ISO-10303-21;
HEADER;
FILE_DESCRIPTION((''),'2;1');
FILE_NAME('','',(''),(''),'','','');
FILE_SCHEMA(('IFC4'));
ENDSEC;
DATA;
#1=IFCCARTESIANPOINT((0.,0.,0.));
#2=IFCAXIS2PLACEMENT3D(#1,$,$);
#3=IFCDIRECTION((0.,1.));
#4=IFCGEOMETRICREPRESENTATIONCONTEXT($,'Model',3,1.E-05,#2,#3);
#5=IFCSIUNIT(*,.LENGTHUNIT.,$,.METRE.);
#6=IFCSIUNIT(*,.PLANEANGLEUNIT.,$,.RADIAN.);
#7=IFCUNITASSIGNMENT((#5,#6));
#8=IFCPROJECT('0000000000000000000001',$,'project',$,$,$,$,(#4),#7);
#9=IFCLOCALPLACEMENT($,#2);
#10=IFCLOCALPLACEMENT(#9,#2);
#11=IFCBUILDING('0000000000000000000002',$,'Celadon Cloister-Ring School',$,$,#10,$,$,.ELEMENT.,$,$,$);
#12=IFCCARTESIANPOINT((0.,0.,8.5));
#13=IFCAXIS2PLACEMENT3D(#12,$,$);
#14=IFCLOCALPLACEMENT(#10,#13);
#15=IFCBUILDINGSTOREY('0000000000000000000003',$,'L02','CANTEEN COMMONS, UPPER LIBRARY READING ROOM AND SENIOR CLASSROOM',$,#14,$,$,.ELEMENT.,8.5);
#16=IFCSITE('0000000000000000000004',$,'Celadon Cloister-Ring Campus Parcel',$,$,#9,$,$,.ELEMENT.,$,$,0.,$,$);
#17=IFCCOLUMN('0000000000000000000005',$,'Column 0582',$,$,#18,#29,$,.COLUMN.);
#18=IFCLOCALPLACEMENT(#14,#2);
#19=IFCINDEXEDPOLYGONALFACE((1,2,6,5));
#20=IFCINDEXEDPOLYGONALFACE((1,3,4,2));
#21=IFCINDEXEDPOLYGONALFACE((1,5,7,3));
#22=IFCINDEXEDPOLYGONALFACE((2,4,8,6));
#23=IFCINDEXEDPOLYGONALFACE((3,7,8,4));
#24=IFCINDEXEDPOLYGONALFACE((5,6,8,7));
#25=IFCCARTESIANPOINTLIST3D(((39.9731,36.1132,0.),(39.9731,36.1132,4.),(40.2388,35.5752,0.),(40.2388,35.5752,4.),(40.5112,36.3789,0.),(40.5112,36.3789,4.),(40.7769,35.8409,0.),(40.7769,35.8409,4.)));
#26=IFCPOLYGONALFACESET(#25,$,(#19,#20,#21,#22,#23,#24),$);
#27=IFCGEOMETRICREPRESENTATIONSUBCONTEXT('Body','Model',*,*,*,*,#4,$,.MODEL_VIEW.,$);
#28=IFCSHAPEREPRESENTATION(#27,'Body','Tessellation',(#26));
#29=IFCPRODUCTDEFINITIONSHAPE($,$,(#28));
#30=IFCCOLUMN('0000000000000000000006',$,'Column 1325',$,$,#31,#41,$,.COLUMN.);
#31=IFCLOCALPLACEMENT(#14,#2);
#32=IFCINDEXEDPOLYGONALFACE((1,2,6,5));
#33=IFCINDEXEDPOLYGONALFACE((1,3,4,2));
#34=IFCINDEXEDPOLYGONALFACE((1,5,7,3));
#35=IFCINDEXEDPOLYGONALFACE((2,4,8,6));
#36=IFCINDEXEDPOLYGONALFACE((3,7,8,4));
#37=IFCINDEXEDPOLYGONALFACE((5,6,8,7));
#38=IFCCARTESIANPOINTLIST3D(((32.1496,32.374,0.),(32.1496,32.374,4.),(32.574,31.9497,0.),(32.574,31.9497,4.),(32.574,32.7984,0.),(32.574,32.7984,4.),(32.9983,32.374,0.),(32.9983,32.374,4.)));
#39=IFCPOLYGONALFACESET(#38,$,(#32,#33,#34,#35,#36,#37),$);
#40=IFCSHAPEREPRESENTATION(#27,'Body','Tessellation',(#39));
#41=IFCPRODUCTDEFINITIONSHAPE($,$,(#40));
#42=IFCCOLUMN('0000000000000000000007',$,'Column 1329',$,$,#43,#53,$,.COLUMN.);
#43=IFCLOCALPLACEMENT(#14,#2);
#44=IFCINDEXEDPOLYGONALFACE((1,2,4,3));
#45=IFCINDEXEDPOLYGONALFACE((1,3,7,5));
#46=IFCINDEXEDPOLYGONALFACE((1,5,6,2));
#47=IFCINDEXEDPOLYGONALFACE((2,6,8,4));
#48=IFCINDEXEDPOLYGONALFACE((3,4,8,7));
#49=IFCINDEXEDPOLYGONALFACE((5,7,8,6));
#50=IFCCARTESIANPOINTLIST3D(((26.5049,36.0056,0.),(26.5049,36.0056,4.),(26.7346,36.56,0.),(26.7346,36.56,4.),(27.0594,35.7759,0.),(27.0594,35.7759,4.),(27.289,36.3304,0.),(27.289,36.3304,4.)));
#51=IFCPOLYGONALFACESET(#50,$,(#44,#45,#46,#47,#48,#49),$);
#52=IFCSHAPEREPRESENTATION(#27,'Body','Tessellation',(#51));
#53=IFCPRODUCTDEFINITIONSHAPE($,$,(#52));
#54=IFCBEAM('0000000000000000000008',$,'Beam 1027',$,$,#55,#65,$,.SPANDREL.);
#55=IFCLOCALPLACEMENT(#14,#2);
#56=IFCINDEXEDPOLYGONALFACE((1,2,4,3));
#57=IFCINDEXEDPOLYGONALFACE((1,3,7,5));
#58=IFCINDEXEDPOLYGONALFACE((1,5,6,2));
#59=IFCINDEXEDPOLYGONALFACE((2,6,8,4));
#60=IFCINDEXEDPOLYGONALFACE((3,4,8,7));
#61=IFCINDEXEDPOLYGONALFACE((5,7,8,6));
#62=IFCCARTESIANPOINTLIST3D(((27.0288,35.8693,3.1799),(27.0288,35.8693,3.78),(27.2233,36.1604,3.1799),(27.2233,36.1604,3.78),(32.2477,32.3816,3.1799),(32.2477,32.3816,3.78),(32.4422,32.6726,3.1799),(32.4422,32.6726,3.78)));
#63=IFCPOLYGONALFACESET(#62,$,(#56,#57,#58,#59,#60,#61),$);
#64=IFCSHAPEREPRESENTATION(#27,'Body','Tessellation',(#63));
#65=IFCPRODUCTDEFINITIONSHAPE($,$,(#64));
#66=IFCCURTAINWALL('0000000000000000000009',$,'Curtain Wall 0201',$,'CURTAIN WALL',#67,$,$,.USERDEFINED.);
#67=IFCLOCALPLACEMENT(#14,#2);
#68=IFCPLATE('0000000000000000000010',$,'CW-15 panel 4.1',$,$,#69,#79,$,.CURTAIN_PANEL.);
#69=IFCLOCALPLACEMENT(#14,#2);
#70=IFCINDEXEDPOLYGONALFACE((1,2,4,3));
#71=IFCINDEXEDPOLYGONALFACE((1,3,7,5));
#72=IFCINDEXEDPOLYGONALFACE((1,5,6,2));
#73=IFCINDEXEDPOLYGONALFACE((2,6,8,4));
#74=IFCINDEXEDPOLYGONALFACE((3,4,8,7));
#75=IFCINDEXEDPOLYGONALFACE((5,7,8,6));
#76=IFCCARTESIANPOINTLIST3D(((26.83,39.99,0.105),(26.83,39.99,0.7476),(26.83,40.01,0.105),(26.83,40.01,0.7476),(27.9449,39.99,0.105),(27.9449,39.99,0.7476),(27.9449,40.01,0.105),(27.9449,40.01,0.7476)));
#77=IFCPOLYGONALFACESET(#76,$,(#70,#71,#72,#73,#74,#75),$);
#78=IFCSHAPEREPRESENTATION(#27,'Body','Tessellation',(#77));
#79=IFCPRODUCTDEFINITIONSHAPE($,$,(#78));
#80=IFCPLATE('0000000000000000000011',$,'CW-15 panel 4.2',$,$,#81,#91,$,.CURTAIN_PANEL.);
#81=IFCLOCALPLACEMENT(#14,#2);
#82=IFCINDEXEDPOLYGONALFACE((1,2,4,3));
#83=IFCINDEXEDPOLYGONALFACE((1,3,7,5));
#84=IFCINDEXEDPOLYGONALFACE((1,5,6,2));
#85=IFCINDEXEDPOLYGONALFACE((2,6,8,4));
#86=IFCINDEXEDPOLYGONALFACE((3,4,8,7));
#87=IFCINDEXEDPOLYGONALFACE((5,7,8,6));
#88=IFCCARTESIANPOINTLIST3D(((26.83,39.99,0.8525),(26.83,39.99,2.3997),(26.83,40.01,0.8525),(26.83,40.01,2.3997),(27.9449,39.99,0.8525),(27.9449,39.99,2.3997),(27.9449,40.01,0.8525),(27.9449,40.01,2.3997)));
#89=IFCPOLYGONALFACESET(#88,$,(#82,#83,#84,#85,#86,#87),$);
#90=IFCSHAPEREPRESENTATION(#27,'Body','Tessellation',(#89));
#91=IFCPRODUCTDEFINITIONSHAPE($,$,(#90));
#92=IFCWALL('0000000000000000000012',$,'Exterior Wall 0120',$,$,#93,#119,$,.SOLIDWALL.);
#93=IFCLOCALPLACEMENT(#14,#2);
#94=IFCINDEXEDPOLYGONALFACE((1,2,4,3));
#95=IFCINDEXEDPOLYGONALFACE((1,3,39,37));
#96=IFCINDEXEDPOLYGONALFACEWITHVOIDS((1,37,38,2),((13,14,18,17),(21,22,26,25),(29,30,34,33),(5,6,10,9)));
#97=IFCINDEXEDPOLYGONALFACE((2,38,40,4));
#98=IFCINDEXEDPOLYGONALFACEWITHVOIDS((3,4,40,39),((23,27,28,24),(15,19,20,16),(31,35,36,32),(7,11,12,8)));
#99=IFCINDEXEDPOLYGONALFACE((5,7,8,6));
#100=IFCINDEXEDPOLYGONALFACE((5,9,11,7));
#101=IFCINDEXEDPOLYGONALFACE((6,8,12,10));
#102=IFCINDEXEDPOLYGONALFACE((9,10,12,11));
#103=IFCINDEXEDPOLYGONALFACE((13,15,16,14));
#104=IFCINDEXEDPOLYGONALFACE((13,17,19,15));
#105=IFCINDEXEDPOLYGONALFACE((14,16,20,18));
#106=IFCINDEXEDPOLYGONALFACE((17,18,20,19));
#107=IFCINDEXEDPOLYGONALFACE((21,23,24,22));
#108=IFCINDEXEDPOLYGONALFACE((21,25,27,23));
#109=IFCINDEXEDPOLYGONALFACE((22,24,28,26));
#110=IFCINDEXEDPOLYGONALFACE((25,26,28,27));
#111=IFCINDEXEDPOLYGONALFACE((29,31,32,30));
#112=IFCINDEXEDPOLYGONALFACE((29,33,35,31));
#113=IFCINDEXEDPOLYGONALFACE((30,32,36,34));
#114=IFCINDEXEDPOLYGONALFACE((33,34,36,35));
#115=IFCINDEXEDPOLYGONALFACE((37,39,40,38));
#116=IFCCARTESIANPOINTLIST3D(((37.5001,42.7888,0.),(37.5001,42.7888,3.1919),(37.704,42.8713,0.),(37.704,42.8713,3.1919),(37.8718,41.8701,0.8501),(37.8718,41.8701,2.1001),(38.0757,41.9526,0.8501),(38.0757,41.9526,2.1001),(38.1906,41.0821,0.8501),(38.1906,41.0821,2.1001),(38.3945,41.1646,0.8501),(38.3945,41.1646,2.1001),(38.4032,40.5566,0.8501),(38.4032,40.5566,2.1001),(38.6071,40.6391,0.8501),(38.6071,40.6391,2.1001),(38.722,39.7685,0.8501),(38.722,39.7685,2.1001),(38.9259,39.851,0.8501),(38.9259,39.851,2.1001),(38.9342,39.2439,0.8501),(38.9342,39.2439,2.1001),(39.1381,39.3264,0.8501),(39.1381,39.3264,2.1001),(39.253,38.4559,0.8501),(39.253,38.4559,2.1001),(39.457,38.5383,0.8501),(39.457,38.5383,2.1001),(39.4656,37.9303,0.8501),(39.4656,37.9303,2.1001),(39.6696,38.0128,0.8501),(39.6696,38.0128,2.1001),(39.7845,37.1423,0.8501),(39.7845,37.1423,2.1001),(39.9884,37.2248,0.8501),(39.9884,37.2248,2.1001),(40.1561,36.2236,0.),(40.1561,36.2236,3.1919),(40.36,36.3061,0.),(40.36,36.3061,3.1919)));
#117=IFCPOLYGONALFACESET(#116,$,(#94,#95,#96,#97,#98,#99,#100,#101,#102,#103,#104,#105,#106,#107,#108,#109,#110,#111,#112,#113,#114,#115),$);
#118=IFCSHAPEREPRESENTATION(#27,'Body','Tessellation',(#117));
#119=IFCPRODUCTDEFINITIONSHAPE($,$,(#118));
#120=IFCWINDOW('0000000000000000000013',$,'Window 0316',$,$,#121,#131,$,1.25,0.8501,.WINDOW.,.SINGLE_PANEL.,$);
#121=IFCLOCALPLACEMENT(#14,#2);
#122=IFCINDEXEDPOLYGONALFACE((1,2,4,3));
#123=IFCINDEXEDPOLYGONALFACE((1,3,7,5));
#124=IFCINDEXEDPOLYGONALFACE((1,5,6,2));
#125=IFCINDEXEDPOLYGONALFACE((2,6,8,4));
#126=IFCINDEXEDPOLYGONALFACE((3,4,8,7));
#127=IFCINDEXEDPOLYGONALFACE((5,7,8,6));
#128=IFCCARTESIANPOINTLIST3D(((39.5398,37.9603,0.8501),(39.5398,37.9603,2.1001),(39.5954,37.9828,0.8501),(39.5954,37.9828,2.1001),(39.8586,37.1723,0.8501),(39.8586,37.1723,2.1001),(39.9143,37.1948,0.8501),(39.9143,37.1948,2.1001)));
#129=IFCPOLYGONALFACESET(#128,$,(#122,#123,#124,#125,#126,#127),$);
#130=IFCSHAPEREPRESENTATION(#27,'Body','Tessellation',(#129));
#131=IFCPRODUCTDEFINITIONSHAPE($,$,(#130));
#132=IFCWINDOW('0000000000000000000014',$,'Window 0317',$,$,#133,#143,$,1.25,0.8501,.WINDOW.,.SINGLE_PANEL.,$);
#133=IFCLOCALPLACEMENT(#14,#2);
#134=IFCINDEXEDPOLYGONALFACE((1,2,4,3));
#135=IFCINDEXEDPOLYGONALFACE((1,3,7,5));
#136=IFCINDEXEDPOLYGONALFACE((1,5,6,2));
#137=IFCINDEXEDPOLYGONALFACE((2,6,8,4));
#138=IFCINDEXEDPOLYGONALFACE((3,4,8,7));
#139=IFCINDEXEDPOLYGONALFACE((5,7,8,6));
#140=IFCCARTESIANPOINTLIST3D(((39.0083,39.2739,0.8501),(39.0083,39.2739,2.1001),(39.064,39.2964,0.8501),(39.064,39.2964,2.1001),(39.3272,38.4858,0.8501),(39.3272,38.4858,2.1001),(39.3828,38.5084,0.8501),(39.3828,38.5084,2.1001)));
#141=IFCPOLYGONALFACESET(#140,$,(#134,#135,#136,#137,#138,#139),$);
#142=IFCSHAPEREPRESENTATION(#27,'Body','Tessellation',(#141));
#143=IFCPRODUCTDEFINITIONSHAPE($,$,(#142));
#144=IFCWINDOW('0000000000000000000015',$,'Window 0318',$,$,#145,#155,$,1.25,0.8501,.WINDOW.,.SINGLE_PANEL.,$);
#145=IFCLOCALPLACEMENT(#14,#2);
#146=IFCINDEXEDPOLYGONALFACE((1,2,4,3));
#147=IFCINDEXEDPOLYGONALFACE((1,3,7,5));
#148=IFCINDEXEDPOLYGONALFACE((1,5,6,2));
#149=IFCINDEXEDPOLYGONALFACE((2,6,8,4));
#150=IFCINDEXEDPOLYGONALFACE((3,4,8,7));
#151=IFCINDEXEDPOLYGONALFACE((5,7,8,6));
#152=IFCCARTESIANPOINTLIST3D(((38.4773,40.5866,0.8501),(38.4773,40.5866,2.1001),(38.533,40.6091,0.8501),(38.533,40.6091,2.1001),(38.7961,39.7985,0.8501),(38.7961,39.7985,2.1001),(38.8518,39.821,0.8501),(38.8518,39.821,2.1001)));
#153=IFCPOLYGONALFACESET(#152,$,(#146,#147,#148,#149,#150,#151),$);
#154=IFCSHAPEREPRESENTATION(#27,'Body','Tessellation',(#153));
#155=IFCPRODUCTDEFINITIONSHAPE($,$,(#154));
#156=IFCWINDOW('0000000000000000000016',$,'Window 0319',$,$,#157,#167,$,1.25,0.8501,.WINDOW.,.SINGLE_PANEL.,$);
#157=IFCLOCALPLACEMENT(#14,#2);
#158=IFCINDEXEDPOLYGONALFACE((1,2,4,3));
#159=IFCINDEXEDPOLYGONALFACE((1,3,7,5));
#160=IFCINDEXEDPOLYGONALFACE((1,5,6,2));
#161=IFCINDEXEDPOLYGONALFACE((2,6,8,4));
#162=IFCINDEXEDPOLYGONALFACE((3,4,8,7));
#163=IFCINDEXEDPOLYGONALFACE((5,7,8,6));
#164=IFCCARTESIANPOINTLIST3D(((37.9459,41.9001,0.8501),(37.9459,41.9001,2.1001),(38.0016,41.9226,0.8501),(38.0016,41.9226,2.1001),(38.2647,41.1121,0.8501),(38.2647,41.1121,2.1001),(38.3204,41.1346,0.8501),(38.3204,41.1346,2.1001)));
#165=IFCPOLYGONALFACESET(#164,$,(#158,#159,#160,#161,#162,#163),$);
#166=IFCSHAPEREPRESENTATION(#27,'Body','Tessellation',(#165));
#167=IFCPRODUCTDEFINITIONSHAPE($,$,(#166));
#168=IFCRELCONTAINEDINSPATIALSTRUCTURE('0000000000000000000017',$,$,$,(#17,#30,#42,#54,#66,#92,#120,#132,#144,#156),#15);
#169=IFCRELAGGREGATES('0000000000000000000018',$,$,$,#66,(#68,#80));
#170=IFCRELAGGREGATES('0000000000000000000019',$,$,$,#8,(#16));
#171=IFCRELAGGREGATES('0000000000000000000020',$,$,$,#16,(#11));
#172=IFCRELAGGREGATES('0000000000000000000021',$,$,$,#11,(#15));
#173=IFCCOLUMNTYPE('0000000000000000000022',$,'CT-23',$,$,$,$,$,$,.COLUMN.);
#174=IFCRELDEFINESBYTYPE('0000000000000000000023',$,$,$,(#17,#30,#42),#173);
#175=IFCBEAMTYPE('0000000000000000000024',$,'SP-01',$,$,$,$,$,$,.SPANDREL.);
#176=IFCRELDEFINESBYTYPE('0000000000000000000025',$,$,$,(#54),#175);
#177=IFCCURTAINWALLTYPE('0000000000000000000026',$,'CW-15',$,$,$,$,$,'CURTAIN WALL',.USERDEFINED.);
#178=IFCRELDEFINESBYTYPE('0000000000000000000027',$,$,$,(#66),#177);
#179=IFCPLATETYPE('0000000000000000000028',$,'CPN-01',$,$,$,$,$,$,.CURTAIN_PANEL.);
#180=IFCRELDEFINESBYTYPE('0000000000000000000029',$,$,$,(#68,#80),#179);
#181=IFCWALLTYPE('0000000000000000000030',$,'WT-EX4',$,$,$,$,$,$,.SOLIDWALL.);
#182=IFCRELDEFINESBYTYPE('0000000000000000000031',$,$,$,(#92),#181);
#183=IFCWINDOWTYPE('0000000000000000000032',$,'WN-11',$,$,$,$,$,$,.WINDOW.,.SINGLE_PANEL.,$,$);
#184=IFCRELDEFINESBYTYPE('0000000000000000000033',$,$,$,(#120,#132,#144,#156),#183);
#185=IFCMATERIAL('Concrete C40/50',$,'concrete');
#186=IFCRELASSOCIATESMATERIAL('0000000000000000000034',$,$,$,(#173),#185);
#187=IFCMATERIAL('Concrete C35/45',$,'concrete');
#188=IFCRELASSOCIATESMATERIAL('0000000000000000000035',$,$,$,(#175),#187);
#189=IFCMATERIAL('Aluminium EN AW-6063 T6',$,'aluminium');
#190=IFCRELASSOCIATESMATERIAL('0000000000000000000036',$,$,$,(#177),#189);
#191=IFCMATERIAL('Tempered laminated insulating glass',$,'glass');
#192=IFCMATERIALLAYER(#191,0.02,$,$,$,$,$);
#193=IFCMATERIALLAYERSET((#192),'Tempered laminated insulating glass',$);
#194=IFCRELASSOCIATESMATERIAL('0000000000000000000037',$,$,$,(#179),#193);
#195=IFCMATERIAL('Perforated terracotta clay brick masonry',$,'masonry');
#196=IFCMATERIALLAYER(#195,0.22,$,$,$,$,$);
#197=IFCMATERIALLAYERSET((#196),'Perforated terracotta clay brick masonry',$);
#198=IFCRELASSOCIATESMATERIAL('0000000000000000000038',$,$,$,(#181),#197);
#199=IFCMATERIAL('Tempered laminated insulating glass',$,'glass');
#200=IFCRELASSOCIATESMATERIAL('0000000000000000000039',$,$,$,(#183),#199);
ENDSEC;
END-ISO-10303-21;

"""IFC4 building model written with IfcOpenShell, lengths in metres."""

from ifc_helpers import new_model, si_unit, direction, frame, frame_2d, origin, origin_2d, place, context, subcontext, project, spatial, rectangle, extrude, material, layer, layer_set, material_profile, profile_set, type_object, element, fill, aggregate, save


model = new_model("IFC4")

# Units and contexts
model_context = context("Model", 3, precision=1e-05, world=origin(), true_north=direction((0.0, 1.0)))
body_context = subcontext(model_context, "Body", "Model", "MODEL_VIEW")
ifc_project = project(units=[si_unit("LENGTHUNIT", "METRE"), si_unit("PLANEANGLEUNIT", "RADIAN")], contexts=[model_context])

# Site, building, storey
site_placement = place(None, origin())
site = spatial("IfcSite", under=ifc_project, at=site_placement, Name="Celadon Cloister-Ring Campus Parcel", CompositionType="ELEMENT", RefElevation=0.0)
building_placement = place(site_placement, origin())
building = spatial("IfcBuilding", under=site, at=building_placement, Name="Celadon Cloister-Ring School", CompositionType="ELEMENT")
storey_placement = place(building_placement, frame((0.0, 0.0, 8.5)))
storey = spatial("IfcBuildingStorey", under=building, at=storey_placement, Name="L02", Description="CANTEEN COMMONS, UPPER LIBRARY READING ROOM AND SENIOR CLASSROOM", CompositionType="ELEMENT", Elevation=8.5)

# Columns
ifc_material_1 = material(Name="Concrete C40/50", Category="concrete")
ifc_material_profile_1 = material_profile(ifc_material_1, rectangle(XDim=0.6001, YDim=0.6001, at=origin_2d()), Name="RC600X600")
ifc_profile_set_1 = profile_set([ifc_material_profile_1], Name="Concrete C40/50")
column_type = type_object("IfcColumnType", Name="CT-23", PredefinedType="COLUMN", material=ifc_profile_set_1)
for number, where, z_axis, x_axis, name in (
    (1, (40.375, 35.9771, 0.0), (0.0, 0.0, 1.0), (-0.896641, -0.442758, 0.0), "Column 0582"),
    (2, (32.574, 32.374, 0.0), (0.0, 0.0, 1.0), (0.707107, 0.707107, 0.0), "Column 1325"),
    (3, (26.897, 36.168, 0.0), (0.0, 0.0, 1.0), (0.382683, 0.92388, 0.0), "Column 1329"),
):
    element("IfcColumn", number, at=place(storey_placement, frame(where, z_axis=z_axis, x_axis=x_axis)), inside=storey, type_object=column_type, Name=name, PredefinedType="COLUMN", context=body_context, shape_type="SweptSolid", body=[
        extrude(rectangle(XDim=0.6001, YDim=0.6001, at=origin_2d()), origin(), (0.0, 0.0, 1.0), 4.0),
    ])

# Beam
ifc_material_2 = material(Name="Concrete C35/45", Category="concrete")
ifc_material_profile_2 = material_profile(ifc_material_2, rectangle(XDim=0.3501, YDim=0.6001, at=origin_2d()), Name="RC350X600")
ifc_profile_set_2 = profile_set([ifc_material_profile_2], Name="Concrete C35/45")
beam_type = type_object("IfcBeamType", Name="SP-01", PredefinedType="SPANDREL", material=ifc_profile_set_2)
beam_placement = place(storey_placement, frame((32.345, 32.5271, 3.48), z_axis=(-0.831427, 0.555633, 0.0), x_axis=(-0.555633, -0.831427, 0.0)))
element("IfcBeam", 4, at=beam_placement, inside=storey, type_object=beam_type, Name="Beam 1027", PredefinedType="SPANDREL", context=body_context, shape_type="SweptSolid", body=[
    extrude(rectangle(XDim=0.3501, YDim=0.6001, at=origin_2d()), origin(), (0.0, 0.0, 1.0), 6.2771),
])

# Curtain wall, plates
ifc_material_3 = material(Name="Aluminium EN AW-6063 T6", Category="aluminium")
curtain_wall_type = type_object("IfcCurtainWallType", Name="CW-15", ElementType="CURTAIN WALL", PredefinedType="USERDEFINED", material=ifc_material_3)
curtain_wall_placement = place(storey_placement, origin())
curtain_wall = element("IfcCurtainWall", 5, at=curtain_wall_placement, inside=storey, type_object=curtain_wall_type, Name="Curtain Wall 0201", ObjectType="CURTAIN WALL", PredefinedType="USERDEFINED")
ifc_material_4 = material(Name="Tempered laminated insulating glass", Category="glass")
ifc_layer_1 = layer(ifc_material_4, 0.02)
ifc_layer_set_1 = layer_set([ifc_layer_1], Name="Tempered laminated insulating glass")
plate_type = type_object("IfcPlateType", Name="CPN-01", PredefinedType="CURTAIN_PANEL", material=ifc_layer_set_1)
plate_1_placement = place(storey_placement, frame((27.3875, 40.0, 0.105), z_axis=(0.0, 0.0, 1.0), x_axis=(-1.0, 0.0, 0.0)))
plate_1 = element("IfcPlate", 6, at=plate_1_placement, type_object=plate_type, Name="CW-15 panel 4.1", PredefinedType="CURTAIN_PANEL", context=body_context, shape_type="SweptSolid", body=[
    extrude(rectangle(XDim=1.115, YDim=0.02, at=origin_2d()), origin(), (0.0, 0.0, 1.0), 0.6426),
])
plate_2_placement = place(storey_placement, frame((27.3875, 40.0, 0.8525), z_axis=(0.0, 0.0, 1.0), x_axis=(-1.0, 0.0, 0.0)))
plate_2 = element("IfcPlate", 7, at=plate_2_placement, type_object=plate_type, Name="CW-15 panel 4.2", PredefinedType="CURTAIN_PANEL", context=body_context, shape_type="SweptSolid", body=[
    extrude(rectangle(XDim=1.115, YDim=0.02, at=origin_2d()), origin(), (0.0, 0.0, 1.0), 1.5471),
])
aggregate(curtain_wall, [plate_1, plate_2])

# Wall, openings, windows
ifc_material_5 = material(Name="Perforated terracotta clay brick masonry", Category="masonry")
ifc_layer_2 = layer(ifc_material_5, 0.22)
ifc_layer_set_2 = layer_set([ifc_layer_2], Name="Perforated terracotta clay brick masonry")
wall_type = type_object("IfcWallType", Name="WT-EX4", PredefinedType="SOLIDWALL", material=ifc_layer_set_2)
wall_1_placement = place(storey_placement, frame((40.2581, 36.2649, 0.0), z_axis=(0.0, 0.0, 1.0), x_axis=(-0.375031, 0.927012, 0.0)))
wall_1 = element("IfcWall", 8, at=wall_1_placement, inside=storey, type_object=wall_type, Name="Exterior Wall 0120", PredefinedType="SOLIDWALL", context=body_context, shape_type="SweptSolid", body=[
    extrude(rectangle(XDim=7.082, YDim=0.22, at=frame_2d((3.541, 0.0))), origin(), (0.0, 0.0, 1.0), 3.1919),
])
opening_1_placement = place(wall_1_placement, frame((0.991, 0.0, 0.8501)))
opening_1 = element("IfcOpeningElement", 9, at=opening_1_placement, cuts=wall_1, PredefinedType="OPENING", context=body_context, shape_type="SweptSolid", body=[
    extrude(rectangle(XDim=0.8501, YDim=1.25, at=frame_2d((0.425, 0.625))), frame((0.0, 0.1201, 0.0), z_axis=(0.0, -1.0, 0.0), x_axis=(1.0, 0.0, 0.0)), (0.0, 0.0, 1.0), 0.24),
])
opening_2_placement = place(wall_1_placement, frame((2.408, 0.0, 0.8501)))
opening_2 = element("IfcOpeningElement", 10, at=opening_2_placement, cuts=wall_1, PredefinedType="OPENING", context=body_context, shape_type="SweptSolid", body=[
    extrude(rectangle(XDim=0.8501, YDim=1.25, at=frame_2d((0.425, 0.625))), frame((0.0, 0.1201, 0.0), z_axis=(0.0, -1.0, 0.0), x_axis=(1.0, 0.0, 0.0)), (0.0, 0.0, 1.0), 0.24),
])
opening_3_placement = place(wall_1_placement, frame((3.824, 0.0, 0.8501)))
opening_3 = element("IfcOpeningElement", 11, at=opening_3_placement, cuts=wall_1, PredefinedType="OPENING", context=body_context, shape_type="SweptSolid", body=[
    extrude(rectangle(XDim=0.8501, YDim=1.25, at=frame_2d((0.425, 0.625))), frame((0.0, 0.1201, 0.0), z_axis=(0.0, -1.0, 0.0), x_axis=(1.0, 0.0, 0.0)), (0.0, 0.0, 1.0), 0.24),
])
opening_4_placement = place(wall_1_placement, frame((5.241, 0.0, 0.8501)))
opening_4 = element("IfcOpeningElement", 12, at=opening_4_placement, cuts=wall_1, PredefinedType="OPENING", context=body_context, shape_type="SweptSolid", body=[
    extrude(rectangle(XDim=0.8501, YDim=1.25, at=frame_2d((0.425, 0.625))), frame((0.0, 0.1201, 0.0), z_axis=(0.0, -1.0, 0.0), x_axis=(1.0, 0.0, 0.0)), (0.0, 0.0, 1.0), 0.24),
])
ifc_material_6 = material(Name="Tempered laminated insulating glass", Category="glass")
window_type_1 = type_object("IfcWindowType", Name="WN-11", PartitioningType="SINGLE_PANEL", PredefinedType="WINDOW", material=ifc_material_6)
window_1_placement = place(opening_1_placement, origin())
window_1 = element("IfcWindow", 13, at=window_1_placement, inside=storey, type_object=window_type_1, Name="Window 0316", OverallHeight=1.25, OverallWidth=0.8501, PartitioningType="SINGLE_PANEL", PredefinedType="WINDOW", context=body_context, shape_type="SweptSolid", body=[
    extrude(rectangle(XDim=0.8501, YDim=1.25, at=frame_2d((0.425, 0.625))), frame((0.0, 0.03, 0.0), z_axis=(0.0, -1.0, 0.0), x_axis=(1.0, 0.0, 0.0)), (0.0, 0.0, 1.0), 0.0601),
])
fill(opening_1, window_1)
window_2_placement = place(opening_2_placement, origin())
window_2 = element("IfcWindow", 14, at=window_2_placement, inside=storey, type_object=window_type_1, Name="Window 0317", OverallHeight=1.25, OverallWidth=0.8501, PartitioningType="SINGLE_PANEL", PredefinedType="WINDOW", context=body_context, shape_type="SweptSolid", body=[
    extrude(rectangle(XDim=0.8501, YDim=1.25, at=frame_2d((0.425, 0.625))), frame((0.0, 0.03, 0.0), z_axis=(0.0, -1.0, 0.0), x_axis=(1.0, 0.0, 0.0)), (0.0, 0.0, 1.0), 0.0601),
])
fill(opening_2, window_2)
window_3_placement = place(opening_3_placement, origin())
window_3 = element("IfcWindow", 15, at=window_3_placement, inside=storey, type_object=window_type_1, Name="Window 0318", OverallHeight=1.25, OverallWidth=0.8501, PartitioningType="SINGLE_PANEL", PredefinedType="WINDOW", context=body_context, shape_type="SweptSolid", body=[
    extrude(rectangle(XDim=0.8501, YDim=1.25, at=frame_2d((0.425, 0.625))), frame((0.0, 0.03, 0.0), z_axis=(0.0, -1.0, 0.0), x_axis=(1.0, 0.0, 0.0)), (0.0, 0.0, 1.0), 0.0601),
])
fill(opening_3, window_3)
window_4_placement = place(opening_4_placement, origin())
window_4 = element("IfcWindow", 16, at=window_4_placement, inside=storey, type_object=window_type_1, Name="Window 0319", OverallHeight=1.25, OverallWidth=0.8501, PartitioningType="SINGLE_PANEL", PredefinedType="WINDOW", context=body_context, shape_type="SweptSolid", body=[
    extrude(rectangle(XDim=0.8501, YDim=1.25, at=frame_2d((0.425, 0.625))), frame((0.0, 0.03, 0.0), z_axis=(0.0, -1.0, 0.0), x_axis=(1.0, 0.0, 0.0)), (0.0, 0.0, 1.0), 0.0601),
])
fill(opening_4, window_4)

save(model, "model.ifc")
